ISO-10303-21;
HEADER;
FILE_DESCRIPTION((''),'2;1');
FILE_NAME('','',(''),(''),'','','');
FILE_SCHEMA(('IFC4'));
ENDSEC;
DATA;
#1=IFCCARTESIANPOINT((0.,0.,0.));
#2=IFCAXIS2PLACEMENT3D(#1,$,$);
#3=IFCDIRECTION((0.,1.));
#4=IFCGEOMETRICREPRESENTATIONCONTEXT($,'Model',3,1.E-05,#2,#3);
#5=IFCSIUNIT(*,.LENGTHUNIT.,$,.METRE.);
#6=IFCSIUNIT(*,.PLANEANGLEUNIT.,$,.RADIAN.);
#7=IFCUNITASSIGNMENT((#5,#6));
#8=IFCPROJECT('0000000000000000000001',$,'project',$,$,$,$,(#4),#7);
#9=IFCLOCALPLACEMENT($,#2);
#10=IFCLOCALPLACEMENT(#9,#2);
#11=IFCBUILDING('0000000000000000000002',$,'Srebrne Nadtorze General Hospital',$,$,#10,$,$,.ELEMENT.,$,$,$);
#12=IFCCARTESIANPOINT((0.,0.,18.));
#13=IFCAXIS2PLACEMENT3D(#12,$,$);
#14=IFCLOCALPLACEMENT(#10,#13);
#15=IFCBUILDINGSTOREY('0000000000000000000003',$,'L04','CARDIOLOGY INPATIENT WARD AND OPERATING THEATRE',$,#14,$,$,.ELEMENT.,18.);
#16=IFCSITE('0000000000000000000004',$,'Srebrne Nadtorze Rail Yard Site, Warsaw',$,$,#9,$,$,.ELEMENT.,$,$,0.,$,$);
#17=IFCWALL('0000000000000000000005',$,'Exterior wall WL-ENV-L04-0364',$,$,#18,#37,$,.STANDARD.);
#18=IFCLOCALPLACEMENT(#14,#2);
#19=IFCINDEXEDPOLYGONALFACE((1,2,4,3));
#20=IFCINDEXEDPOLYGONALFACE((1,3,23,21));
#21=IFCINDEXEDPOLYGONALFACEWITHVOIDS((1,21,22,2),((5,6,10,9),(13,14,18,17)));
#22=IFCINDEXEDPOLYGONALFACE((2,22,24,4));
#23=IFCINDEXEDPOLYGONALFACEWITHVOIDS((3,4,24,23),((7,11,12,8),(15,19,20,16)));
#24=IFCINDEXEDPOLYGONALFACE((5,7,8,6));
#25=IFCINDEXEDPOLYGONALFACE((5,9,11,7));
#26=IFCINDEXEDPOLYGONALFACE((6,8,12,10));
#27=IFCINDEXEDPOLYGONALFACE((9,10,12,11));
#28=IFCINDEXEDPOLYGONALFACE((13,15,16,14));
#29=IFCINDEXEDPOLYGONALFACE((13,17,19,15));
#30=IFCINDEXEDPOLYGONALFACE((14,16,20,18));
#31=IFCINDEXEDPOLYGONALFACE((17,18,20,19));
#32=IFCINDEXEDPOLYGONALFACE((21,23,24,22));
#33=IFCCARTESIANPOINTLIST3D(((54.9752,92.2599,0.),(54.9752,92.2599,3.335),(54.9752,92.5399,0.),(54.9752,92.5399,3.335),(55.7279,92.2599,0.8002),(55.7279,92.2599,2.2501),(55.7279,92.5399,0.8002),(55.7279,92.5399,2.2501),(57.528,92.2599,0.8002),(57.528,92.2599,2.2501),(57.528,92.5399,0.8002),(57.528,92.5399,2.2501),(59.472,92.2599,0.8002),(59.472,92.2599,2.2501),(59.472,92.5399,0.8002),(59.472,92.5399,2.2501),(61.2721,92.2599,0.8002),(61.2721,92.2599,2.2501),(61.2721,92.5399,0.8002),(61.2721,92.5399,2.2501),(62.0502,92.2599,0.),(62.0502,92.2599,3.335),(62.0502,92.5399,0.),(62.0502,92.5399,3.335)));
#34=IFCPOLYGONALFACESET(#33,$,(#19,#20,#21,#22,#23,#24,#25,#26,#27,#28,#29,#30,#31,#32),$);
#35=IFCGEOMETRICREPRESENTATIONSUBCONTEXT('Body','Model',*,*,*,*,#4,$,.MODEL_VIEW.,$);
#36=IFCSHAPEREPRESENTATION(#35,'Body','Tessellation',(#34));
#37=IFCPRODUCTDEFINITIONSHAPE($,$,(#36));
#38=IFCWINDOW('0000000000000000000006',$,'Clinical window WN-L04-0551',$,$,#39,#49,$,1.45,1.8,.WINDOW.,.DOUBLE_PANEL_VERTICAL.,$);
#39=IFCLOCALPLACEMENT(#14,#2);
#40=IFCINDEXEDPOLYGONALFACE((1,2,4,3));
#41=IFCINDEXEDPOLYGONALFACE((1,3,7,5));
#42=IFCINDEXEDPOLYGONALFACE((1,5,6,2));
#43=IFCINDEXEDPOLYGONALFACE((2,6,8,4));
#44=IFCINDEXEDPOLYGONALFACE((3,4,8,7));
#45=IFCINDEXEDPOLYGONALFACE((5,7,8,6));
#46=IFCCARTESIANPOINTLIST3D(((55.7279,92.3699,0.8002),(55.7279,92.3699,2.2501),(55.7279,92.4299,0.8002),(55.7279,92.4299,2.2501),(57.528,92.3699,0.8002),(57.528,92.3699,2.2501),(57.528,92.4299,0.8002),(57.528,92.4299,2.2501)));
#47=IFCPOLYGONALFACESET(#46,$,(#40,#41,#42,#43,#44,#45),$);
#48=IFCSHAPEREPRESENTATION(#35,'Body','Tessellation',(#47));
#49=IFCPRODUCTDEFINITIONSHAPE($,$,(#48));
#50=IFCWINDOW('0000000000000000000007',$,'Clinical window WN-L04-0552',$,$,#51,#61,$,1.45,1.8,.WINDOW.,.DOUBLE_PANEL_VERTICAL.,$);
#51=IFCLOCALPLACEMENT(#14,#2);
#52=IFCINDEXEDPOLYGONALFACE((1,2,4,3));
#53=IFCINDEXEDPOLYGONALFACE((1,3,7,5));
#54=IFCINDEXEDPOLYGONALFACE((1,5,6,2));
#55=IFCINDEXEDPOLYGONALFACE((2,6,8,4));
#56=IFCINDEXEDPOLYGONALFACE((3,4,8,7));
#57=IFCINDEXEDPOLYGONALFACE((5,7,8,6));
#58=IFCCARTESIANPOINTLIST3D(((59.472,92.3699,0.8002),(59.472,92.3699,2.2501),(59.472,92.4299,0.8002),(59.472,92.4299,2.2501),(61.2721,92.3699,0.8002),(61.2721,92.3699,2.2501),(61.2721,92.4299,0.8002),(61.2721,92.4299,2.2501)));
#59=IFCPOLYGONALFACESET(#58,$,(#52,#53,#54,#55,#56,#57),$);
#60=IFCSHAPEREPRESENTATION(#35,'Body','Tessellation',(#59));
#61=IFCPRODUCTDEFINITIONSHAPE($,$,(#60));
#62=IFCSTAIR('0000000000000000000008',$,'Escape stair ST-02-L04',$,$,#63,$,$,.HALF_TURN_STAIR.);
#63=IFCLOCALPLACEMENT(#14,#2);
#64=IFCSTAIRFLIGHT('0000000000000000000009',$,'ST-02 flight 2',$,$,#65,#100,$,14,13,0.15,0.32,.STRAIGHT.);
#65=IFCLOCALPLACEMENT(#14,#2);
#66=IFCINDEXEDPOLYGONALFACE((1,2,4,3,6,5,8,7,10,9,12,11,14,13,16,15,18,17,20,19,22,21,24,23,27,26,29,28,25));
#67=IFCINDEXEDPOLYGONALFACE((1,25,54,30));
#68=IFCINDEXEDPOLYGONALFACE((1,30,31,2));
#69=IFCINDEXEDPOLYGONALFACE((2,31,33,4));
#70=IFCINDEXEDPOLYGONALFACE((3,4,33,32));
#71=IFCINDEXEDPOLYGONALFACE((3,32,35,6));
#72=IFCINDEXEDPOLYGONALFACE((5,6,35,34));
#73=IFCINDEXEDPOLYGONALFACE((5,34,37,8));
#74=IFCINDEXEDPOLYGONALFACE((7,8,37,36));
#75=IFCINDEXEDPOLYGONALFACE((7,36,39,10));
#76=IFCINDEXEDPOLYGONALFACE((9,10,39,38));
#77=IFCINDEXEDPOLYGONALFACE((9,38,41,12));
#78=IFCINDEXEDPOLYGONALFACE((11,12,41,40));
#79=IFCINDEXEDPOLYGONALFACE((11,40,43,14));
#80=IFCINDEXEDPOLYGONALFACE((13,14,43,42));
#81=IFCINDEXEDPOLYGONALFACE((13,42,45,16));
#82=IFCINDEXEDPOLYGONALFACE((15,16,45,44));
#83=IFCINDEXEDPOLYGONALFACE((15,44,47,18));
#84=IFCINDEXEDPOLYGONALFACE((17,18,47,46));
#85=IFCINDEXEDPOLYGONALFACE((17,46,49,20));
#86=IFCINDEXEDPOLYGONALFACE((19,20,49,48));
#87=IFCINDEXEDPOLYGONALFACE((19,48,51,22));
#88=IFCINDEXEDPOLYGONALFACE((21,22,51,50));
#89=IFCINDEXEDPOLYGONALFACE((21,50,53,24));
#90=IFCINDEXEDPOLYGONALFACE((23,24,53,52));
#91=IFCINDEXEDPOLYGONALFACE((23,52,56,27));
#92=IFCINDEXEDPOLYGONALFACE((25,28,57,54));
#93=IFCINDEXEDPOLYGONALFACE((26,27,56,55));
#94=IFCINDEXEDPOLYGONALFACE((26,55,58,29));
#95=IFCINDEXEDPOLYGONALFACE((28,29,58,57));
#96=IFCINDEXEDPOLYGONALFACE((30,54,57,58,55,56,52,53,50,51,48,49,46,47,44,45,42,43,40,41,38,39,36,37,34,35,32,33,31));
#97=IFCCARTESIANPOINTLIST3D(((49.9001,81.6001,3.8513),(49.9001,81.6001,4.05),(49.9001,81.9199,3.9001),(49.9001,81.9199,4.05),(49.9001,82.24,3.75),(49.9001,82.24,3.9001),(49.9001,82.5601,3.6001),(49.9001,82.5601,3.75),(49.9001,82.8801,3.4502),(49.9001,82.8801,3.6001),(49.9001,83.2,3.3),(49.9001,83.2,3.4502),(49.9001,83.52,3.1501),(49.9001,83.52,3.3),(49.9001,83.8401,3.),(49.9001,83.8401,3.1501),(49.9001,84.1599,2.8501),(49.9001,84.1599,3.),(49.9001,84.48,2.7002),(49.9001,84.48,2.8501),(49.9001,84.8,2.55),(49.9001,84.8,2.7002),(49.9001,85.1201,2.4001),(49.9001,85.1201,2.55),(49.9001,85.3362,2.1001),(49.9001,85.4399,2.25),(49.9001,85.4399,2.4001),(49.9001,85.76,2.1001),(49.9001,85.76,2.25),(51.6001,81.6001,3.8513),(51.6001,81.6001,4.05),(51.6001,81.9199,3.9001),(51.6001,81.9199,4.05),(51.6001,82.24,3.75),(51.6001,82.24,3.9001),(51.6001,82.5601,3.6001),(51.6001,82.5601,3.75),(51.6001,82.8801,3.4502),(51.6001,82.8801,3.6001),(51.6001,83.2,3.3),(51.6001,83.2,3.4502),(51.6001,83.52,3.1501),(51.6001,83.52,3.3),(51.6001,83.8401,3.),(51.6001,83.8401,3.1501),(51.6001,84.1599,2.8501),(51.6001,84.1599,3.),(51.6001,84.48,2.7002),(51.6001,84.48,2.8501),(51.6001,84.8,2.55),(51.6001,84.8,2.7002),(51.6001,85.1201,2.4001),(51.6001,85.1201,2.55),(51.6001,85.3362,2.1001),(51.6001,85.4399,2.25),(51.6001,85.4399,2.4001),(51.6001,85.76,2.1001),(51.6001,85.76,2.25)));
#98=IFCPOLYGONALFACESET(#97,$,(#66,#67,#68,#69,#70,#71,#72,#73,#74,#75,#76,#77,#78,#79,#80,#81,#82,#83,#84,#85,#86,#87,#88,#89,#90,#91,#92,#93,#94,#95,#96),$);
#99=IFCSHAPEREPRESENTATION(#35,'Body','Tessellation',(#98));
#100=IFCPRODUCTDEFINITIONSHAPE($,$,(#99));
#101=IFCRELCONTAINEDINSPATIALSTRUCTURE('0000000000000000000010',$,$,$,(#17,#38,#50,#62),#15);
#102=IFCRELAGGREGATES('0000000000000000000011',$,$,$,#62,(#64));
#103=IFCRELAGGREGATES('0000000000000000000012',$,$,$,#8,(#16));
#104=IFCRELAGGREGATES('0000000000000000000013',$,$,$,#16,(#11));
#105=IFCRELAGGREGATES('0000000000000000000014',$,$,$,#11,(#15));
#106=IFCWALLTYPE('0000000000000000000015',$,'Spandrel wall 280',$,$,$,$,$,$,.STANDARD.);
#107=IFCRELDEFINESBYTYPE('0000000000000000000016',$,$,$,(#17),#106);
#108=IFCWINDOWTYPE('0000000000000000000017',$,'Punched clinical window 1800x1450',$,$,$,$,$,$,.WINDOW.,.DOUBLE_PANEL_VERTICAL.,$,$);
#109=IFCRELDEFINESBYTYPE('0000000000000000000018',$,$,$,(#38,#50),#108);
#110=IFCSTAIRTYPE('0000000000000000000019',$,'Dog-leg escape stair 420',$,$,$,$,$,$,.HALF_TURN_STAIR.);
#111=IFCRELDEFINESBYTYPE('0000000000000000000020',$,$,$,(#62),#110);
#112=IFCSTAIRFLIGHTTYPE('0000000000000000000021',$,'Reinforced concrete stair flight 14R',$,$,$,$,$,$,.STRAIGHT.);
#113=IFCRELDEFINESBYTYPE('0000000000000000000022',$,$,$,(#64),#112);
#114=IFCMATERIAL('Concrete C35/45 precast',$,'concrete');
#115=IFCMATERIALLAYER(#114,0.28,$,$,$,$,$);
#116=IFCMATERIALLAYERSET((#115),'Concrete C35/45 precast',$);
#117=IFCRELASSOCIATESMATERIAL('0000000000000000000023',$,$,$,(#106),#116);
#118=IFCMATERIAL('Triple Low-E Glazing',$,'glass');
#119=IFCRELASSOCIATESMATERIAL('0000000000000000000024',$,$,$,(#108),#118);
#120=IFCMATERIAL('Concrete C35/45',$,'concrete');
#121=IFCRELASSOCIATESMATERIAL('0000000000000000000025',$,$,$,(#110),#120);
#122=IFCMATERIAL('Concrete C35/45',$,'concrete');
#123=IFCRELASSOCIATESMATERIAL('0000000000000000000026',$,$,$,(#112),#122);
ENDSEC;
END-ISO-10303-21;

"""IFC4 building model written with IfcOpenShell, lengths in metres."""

from ifc_helpers import new_model, si_unit, direction, frame, frame_2d, origin, place, context, subcontext, project, spatial, polyline, rectangle, outline, extrude, material, layer, layer_set, type_object, element, fill, aggregate, save


model = new_model("IFC4")

# Units and contexts
model_context = context("Model", 3, precision=1e-05, world=origin(), true_north=direction((0.0, 1.0)))
body_context = subcontext(model_context, "Body", "Model", "MODEL_VIEW")
ifc_project = project(units=[si_unit("LENGTHUNIT", "METRE"), si_unit("PLANEANGLEUNIT", "RADIAN")], contexts=[model_context])

# Site, building, storey
site_placement = place(None, origin())
site = spatial("IfcSite", under=ifc_project, at=site_placement, Name="Srebrne Nadtorze Rail Yard Site, Warsaw", CompositionType="ELEMENT", RefElevation=0.0)
building_placement = place(site_placement, origin())
building = spatial("IfcBuilding", under=site, at=building_placement, Name="Srebrne Nadtorze General Hospital", CompositionType="ELEMENT")
storey_placement = place(building_placement, frame((0.0, 0.0, 18.0)))
storey = spatial("IfcBuildingStorey", under=building, at=storey_placement, Name="L04", Description="CARDIOLOGY INPATIENT WARD AND OPERATING THEATRE", CompositionType="ELEMENT", Elevation=18.0)

# Wall, openings, windows
ifc_material_1 = material(Name="Concrete C35/45 precast", Category="concrete")
ifc_layer_1 = layer(ifc_material_1, 0.28)
ifc_layer_set_1 = layer_set([ifc_layer_1], Name="Concrete C35/45 precast")
wall_type_1 = type_object("IfcWallType", Name="Spandrel wall 280", PredefinedType="STANDARD", material=ifc_layer_set_1)
wall_1_placement = place(storey_placement, frame((54.9751, 92.3999, 0.0), z_axis=(0.0, 0.0, 1.0), x_axis=(1.0, 0.0, 0.0)))
wall_1 = element("IfcWall", 1, at=wall_1_placement, inside=storey, type_object=wall_type_1, Name="Exterior wall WL-ENV-L04-0364", PredefinedType="STANDARD", context=body_context, shape_type="SweptSolid", body=[
    extrude(rectangle(XDim=7.075, YDim=0.28, at=frame_2d((3.5376, 0.0))), origin(), (0.0, 0.0, 1.0), 3.335),
])
opening_1_placement = place(wall_1_placement, frame((0.7529, 0.0, 0.8)))
opening_1 = element("IfcOpeningElement", 2, at=opening_1_placement, cuts=wall_1, PredefinedType="OPENING", context=body_context, shape_type="SweptSolid", body=[
    extrude(rectangle(XDim=1.8, YDim=1.45, at=frame_2d((0.8999, 0.7251))), frame((0.0, 0.1519, 0.0), z_axis=(0.0, -1.0, 0.0), x_axis=(1.0, 0.0, 0.0)), (0.0, 0.0, 1.0), 0.304),
])
opening_2_placement = place(wall_1_placement, frame((4.4971, 0.0, 0.8)))
opening_2 = element("IfcOpeningElement", 3, at=opening_2_placement, cuts=wall_1, PredefinedType="OPENING", context=body_context, shape_type="SweptSolid", body=[
    extrude(rectangle(XDim=1.8, YDim=1.45, at=frame_2d((0.8999, 0.7251))), frame((0.0, 0.1519, 0.0), z_axis=(0.0, -1.0, 0.0), x_axis=(1.0, 0.0, 0.0)), (0.0, 0.0, 1.0), 0.304),
])
ifc_material_2 = material(Name="Triple Low-E Glazing", Category="glass")
window_type = type_object("IfcWindowType", Name="Punched clinical window 1800x1450", PartitioningType="DOUBLE_PANEL_VERTICAL", PredefinedType="WINDOW", material=ifc_material_2)
window_1_placement = place(opening_1_placement, origin())
window_1 = element("IfcWindow", 4, at=window_1_placement, inside=storey, type_object=window_type, Name="Clinical window WN-L04-0551", OverallHeight=1.45, OverallWidth=1.8, PartitioningType="DOUBLE_PANEL_VERTICAL", PredefinedType="WINDOW", context=body_context, shape_type="SweptSolid", body=[
    extrude(rectangle(XDim=1.8, YDim=1.45, at=frame_2d((0.8999, 0.7251))), frame((0.0, 0.03, 0.0), z_axis=(0.0, -1.0, 0.0), x_axis=(1.0, 0.0, 0.0)), (0.0, 0.0, 1.0), 0.0601),
])
fill(opening_1, window_1)
window_2_placement = place(opening_2_placement, origin())
window_2 = element("IfcWindow", 5, at=window_2_placement, inside=storey, type_object=window_type, Name="Clinical window WN-L04-0552", OverallHeight=1.45, OverallWidth=1.8, PartitioningType="DOUBLE_PANEL_VERTICAL", PredefinedType="WINDOW", context=body_context, shape_type="SweptSolid", body=[
    extrude(rectangle(XDim=1.8, YDim=1.45, at=frame_2d((0.8999, 0.7251))), frame((0.0, 0.03, 0.0), z_axis=(0.0, -1.0, 0.0), x_axis=(1.0, 0.0, 0.0)), (0.0, 0.0, 1.0), 0.0601),
])
fill(opening_2, window_2)

# Stair, stair flight
ifc_material_3 = material(Name="Concrete C35/45", Category="concrete")
stair_type = type_object("IfcStairType", Name="Dog-leg escape stair 420", PredefinedType="HALF_TURN_STAIR", material=ifc_material_3)
stair_placement = place(storey_placement, origin())
stair = element("IfcStair", 6, at=stair_placement, inside=storey, type_object=stair_type, Name="Escape stair ST-02-L04", PredefinedType="HALF_TURN_STAIR")
ifc_material_4 = material(Name="Concrete C35/45", Category="concrete")
stair_flight_type = type_object("IfcStairFlightType", Name="Reinforced concrete stair flight 14R", PredefinedType="STRAIGHT", material=ifc_material_4)
stair_flight_placement = place(storey_placement, frame((50.75, 85.76, 2.1001), z_axis=(0.0, 0.0, 1.0), x_axis=(0.0, -1.0, 0.0)))
stair_flight = element("IfcStairFlight", 7, at=stair_flight_placement, type_object=stair_flight_type, Name="ST-02 flight 2", NumberOfRisers=14, NumberOfTreads=13, PredefinedType="STRAIGHT", RiserHeight=0.15, TreadLength=0.32, context=body_context, shape_type="SweptSolid", body=[
    extrude(outline(polyline([(0.0, 0.0), (0.0, 0.1499), (0.3201, 0.1499), (0.3201, 0.3), (0.6399, 0.3), (0.6399, 0.45), (0.96, 0.45), (0.96, 0.6001), (1.28, 0.6001), (1.28, 0.75), (1.6001, 0.75), (1.6001, 0.8999), (1.9199, 0.8999), (1.9199, 1.05), (2.24, 1.05), (2.24, 1.2), (2.5601, 1.2), (2.5601, 1.3501), (2.8799, 1.3501), (2.8799, 1.5), (3.2, 1.5), (3.2, 1.6499), (3.52, 1.6499), (3.52, 1.8), (3.8401, 1.8), (3.8401, 1.95), (4.1599, 1.95), (4.1599, 2.1001), (4.1599, 1.7512), (0.4238, 0.0), (0.0, 0.0)])), frame((0.0, 0.8501, 0.0), z_axis=(0.0, -1.0, 0.0), x_axis=(1.0, 0.0, 0.0)), (0.0, 0.0, 1.0), 1.7),
])
aggregate(stair, [stair_flight])

save(model, "model.ifc")
